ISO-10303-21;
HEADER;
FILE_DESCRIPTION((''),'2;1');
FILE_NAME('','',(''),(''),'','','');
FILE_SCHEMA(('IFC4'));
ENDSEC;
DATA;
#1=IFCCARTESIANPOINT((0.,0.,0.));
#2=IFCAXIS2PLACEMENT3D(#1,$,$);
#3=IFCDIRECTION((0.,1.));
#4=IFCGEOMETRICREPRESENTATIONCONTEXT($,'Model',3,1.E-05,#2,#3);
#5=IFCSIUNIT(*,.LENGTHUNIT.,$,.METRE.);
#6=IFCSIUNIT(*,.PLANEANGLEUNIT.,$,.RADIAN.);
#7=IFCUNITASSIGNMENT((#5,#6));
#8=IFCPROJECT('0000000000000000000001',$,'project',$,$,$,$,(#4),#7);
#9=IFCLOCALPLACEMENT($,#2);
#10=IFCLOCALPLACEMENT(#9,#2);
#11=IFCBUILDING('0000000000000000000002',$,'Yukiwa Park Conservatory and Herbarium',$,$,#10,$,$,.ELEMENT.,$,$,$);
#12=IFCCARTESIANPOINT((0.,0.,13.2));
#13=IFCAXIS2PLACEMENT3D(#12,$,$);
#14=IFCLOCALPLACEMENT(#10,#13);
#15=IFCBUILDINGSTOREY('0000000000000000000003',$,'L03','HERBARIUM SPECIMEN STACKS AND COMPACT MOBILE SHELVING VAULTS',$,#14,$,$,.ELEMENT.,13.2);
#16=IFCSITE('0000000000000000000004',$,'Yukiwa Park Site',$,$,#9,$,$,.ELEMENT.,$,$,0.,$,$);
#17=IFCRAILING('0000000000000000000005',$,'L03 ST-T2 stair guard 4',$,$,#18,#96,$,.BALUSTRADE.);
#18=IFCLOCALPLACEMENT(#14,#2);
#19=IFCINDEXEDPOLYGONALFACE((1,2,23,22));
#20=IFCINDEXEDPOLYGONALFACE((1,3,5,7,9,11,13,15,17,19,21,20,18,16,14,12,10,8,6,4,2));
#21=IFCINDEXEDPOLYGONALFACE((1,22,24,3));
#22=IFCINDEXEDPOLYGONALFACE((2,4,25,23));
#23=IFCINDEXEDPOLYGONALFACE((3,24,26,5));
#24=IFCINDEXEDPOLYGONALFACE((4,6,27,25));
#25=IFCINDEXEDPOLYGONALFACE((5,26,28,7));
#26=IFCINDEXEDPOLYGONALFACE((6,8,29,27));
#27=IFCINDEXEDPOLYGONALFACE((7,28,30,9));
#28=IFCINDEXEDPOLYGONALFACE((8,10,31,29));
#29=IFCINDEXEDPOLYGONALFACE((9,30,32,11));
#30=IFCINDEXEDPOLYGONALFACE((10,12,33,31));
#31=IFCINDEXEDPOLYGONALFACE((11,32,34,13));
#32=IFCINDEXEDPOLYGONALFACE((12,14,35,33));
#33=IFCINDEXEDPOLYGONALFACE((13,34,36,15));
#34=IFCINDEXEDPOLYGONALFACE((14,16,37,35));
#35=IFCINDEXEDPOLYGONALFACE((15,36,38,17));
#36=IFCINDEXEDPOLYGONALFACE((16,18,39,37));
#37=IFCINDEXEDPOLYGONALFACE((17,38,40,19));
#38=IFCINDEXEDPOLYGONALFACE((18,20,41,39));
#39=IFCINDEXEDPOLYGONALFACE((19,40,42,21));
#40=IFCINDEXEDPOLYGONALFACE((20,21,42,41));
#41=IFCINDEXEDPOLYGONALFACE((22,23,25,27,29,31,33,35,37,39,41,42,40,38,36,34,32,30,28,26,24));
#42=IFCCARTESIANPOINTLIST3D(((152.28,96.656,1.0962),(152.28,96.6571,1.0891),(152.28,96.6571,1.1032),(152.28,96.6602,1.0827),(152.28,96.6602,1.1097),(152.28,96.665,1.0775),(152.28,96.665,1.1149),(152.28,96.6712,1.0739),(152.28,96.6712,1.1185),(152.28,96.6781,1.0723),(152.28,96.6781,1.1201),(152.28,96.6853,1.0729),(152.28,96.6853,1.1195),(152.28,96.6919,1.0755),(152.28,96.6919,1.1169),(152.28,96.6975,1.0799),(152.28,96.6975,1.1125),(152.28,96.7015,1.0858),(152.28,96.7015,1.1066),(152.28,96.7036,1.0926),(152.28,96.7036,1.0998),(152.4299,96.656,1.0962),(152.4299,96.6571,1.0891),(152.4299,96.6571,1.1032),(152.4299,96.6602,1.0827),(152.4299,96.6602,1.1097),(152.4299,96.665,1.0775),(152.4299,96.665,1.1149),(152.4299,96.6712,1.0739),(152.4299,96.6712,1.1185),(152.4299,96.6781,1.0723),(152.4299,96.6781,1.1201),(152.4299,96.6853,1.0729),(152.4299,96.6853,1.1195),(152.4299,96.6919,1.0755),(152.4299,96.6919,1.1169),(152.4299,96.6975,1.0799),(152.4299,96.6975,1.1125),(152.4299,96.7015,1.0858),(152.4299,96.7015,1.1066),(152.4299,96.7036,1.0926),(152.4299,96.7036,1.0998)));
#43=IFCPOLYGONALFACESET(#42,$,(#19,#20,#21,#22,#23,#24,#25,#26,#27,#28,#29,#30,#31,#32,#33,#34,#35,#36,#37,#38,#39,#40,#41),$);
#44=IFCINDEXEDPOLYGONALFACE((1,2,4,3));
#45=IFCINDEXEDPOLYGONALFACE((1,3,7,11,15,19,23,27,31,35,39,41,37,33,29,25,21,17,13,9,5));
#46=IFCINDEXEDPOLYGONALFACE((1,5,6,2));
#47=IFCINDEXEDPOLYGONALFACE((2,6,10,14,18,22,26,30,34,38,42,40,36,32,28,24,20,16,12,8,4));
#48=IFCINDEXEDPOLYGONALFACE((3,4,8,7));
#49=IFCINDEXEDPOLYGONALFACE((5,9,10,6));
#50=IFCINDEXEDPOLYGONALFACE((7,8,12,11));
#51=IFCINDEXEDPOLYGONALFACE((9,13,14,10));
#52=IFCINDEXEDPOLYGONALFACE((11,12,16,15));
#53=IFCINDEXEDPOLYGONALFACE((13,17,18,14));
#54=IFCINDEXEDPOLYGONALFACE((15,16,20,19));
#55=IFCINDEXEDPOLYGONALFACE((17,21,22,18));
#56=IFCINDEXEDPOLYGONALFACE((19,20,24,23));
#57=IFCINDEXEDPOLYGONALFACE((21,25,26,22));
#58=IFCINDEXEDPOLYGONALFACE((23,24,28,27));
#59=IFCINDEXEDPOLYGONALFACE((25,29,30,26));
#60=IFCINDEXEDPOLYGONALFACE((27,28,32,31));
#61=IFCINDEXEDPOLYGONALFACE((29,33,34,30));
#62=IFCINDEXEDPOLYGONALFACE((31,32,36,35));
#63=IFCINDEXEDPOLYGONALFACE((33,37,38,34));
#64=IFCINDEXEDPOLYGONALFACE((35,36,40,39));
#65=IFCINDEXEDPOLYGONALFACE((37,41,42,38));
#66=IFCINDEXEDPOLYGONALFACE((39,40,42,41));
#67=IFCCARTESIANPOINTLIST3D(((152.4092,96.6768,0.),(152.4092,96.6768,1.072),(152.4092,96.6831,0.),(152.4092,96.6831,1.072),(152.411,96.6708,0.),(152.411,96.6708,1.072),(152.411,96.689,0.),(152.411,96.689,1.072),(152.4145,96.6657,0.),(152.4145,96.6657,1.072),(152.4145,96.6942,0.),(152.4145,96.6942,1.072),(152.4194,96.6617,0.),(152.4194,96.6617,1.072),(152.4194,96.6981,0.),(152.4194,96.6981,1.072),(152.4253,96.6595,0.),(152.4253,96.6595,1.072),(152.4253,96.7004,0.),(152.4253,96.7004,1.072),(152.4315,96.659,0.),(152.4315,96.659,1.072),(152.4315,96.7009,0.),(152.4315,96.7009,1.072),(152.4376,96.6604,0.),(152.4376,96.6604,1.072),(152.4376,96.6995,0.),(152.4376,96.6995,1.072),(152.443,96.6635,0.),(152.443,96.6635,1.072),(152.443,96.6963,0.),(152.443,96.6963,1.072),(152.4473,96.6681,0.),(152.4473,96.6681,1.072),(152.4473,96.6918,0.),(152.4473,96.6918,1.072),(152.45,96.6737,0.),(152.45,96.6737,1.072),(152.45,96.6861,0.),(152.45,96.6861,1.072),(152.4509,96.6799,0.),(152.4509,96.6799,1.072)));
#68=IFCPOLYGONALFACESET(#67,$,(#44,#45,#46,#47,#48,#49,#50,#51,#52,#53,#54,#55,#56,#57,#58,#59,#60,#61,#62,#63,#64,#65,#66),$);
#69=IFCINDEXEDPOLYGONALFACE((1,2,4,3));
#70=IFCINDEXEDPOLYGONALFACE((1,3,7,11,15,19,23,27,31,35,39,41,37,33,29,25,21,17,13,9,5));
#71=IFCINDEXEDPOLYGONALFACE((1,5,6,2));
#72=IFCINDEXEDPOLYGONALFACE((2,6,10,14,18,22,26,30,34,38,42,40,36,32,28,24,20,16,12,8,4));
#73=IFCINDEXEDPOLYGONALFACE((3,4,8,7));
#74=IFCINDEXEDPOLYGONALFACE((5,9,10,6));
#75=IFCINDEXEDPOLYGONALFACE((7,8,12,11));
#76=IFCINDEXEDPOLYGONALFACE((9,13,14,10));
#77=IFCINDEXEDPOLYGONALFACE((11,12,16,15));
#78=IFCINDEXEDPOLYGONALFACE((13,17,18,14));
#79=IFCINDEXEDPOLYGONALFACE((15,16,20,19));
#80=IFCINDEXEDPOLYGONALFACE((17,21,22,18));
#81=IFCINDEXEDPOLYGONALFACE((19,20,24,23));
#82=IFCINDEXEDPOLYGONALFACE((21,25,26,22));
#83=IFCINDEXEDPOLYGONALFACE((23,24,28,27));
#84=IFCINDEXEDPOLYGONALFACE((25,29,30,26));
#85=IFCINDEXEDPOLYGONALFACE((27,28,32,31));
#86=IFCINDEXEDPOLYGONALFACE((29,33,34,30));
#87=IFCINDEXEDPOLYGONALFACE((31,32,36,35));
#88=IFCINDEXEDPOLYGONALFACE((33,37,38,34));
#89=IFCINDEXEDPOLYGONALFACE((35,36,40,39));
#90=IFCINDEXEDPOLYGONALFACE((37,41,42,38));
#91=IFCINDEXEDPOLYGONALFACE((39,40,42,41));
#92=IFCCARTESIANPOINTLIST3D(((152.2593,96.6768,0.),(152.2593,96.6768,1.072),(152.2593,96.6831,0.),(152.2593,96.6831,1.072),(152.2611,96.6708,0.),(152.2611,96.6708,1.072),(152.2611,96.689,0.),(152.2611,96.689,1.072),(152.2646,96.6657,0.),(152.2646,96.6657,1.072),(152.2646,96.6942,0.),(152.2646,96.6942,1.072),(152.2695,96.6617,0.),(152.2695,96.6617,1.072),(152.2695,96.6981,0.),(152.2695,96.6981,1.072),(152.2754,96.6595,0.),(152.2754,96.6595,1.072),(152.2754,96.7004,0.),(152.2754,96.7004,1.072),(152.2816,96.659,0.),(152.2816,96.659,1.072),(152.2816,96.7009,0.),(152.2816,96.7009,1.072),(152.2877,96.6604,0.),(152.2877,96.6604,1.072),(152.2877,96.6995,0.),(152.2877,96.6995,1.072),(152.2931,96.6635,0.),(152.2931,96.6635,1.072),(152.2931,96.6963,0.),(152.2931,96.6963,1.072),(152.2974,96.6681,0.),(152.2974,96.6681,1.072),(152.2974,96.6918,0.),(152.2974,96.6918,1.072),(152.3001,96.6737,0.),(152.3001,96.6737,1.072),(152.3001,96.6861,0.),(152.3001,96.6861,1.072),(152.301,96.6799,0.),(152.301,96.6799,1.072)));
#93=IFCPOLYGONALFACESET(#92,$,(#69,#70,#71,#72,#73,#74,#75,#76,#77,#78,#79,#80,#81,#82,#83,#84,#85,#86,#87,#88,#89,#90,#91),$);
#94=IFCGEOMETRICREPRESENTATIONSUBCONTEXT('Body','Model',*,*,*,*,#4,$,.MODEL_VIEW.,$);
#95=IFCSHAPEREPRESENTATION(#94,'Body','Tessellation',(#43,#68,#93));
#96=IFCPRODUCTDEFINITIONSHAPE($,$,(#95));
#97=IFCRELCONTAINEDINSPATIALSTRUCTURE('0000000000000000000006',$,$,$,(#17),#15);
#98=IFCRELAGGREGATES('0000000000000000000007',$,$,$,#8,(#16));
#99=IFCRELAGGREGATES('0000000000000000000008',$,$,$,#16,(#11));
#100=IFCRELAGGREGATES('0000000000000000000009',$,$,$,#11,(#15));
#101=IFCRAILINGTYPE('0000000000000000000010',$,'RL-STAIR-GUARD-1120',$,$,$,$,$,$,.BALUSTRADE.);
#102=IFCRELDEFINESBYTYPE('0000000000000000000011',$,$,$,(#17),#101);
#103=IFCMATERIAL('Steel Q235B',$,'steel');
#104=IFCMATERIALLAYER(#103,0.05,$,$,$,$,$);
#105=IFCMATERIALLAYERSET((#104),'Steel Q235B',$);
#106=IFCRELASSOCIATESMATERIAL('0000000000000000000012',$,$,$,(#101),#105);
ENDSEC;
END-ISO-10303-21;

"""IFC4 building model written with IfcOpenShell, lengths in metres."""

from ifc_helpers import new_model, si_unit, direction, frame, origin, origin_2d, place, context, subcontext, project, spatial, circle, extrude, material, layer, layer_set, type_object, element, save


model = new_model("IFC4")

# Units and contexts
model_context = context("Model", 3, precision=1e-05, world=origin(), true_north=direction((0.0, 1.0)))
body_context = subcontext(model_context, "Body", "Model", "MODEL_VIEW")
ifc_project = project(units=[si_unit("LENGTHUNIT", "METRE"), si_unit("PLANEANGLEUNIT", "RADIAN")], contexts=[model_context])

# Site, building, storey
site_placement = place(None, origin())
site = spatial("IfcSite", under=ifc_project, at=site_placement, Name="Yukiwa Park Site", CompositionType="ELEMENT", RefElevation=0.0)
building_placement = place(site_placement, origin())
building = spatial("IfcBuilding", under=site, at=building_placement, Name="Yukiwa Park Conservatory and Herbarium", CompositionType="ELEMENT")
storey_placement = place(building_placement, frame((0.0, 0.0, 13.2)))
storey = spatial("IfcBuildingStorey", under=building, at=storey_placement, Name="L03", Description="HERBARIUM SPECIMEN STACKS AND COMPACT MOBILE SHELVING VAULTS", CompositionType="ELEMENT", Elevation=13.2)

# Railing
ifc_material_1 = material(Name="Steel Q235B", Category="steel")
ifc_layer_1 = layer(ifc_material_1, 0.05)
ifc_layer_set_1 = layer_set([ifc_layer_1], Name="Steel Q235B")
railing_type_1 = type_object("IfcRailingType", Name="RL-STAIR-GUARD-1120", PredefinedType="BALUSTRADE", material=ifc_layer_set_1)
railing_1_placement = place(storey_placement, frame((152.4299, 96.6799, 0.0)))
element("IfcRailing", 1, at=railing_1_placement, inside=storey, type_object=railing_type_1, Name="L03 ST-T2 stair guard 4", PredefinedType="BALUSTRADE", context=body_context, shape_type="SweptSolid", body=[
    extrude(circle(Radius=0.0239, at=origin_2d()), frame((0.0, 0.0, 1.0962), z_axis=(-1.0, 0.0, 0.0), x_axis=(0.0, -1.0, 0.0)), (0.0, 0.0, 1.0), 0.1499),
    extrude(circle(Radius=0.021, at=origin_2d()), origin(), (0.0, 0.0, 1.0), 1.072),
    extrude(circle(Radius=0.021, at=origin_2d()), frame((-0.1499, 0.0, 0.0)), (0.0, 0.0, 1.0), 1.072),
])

save(model, "model.ifc")
